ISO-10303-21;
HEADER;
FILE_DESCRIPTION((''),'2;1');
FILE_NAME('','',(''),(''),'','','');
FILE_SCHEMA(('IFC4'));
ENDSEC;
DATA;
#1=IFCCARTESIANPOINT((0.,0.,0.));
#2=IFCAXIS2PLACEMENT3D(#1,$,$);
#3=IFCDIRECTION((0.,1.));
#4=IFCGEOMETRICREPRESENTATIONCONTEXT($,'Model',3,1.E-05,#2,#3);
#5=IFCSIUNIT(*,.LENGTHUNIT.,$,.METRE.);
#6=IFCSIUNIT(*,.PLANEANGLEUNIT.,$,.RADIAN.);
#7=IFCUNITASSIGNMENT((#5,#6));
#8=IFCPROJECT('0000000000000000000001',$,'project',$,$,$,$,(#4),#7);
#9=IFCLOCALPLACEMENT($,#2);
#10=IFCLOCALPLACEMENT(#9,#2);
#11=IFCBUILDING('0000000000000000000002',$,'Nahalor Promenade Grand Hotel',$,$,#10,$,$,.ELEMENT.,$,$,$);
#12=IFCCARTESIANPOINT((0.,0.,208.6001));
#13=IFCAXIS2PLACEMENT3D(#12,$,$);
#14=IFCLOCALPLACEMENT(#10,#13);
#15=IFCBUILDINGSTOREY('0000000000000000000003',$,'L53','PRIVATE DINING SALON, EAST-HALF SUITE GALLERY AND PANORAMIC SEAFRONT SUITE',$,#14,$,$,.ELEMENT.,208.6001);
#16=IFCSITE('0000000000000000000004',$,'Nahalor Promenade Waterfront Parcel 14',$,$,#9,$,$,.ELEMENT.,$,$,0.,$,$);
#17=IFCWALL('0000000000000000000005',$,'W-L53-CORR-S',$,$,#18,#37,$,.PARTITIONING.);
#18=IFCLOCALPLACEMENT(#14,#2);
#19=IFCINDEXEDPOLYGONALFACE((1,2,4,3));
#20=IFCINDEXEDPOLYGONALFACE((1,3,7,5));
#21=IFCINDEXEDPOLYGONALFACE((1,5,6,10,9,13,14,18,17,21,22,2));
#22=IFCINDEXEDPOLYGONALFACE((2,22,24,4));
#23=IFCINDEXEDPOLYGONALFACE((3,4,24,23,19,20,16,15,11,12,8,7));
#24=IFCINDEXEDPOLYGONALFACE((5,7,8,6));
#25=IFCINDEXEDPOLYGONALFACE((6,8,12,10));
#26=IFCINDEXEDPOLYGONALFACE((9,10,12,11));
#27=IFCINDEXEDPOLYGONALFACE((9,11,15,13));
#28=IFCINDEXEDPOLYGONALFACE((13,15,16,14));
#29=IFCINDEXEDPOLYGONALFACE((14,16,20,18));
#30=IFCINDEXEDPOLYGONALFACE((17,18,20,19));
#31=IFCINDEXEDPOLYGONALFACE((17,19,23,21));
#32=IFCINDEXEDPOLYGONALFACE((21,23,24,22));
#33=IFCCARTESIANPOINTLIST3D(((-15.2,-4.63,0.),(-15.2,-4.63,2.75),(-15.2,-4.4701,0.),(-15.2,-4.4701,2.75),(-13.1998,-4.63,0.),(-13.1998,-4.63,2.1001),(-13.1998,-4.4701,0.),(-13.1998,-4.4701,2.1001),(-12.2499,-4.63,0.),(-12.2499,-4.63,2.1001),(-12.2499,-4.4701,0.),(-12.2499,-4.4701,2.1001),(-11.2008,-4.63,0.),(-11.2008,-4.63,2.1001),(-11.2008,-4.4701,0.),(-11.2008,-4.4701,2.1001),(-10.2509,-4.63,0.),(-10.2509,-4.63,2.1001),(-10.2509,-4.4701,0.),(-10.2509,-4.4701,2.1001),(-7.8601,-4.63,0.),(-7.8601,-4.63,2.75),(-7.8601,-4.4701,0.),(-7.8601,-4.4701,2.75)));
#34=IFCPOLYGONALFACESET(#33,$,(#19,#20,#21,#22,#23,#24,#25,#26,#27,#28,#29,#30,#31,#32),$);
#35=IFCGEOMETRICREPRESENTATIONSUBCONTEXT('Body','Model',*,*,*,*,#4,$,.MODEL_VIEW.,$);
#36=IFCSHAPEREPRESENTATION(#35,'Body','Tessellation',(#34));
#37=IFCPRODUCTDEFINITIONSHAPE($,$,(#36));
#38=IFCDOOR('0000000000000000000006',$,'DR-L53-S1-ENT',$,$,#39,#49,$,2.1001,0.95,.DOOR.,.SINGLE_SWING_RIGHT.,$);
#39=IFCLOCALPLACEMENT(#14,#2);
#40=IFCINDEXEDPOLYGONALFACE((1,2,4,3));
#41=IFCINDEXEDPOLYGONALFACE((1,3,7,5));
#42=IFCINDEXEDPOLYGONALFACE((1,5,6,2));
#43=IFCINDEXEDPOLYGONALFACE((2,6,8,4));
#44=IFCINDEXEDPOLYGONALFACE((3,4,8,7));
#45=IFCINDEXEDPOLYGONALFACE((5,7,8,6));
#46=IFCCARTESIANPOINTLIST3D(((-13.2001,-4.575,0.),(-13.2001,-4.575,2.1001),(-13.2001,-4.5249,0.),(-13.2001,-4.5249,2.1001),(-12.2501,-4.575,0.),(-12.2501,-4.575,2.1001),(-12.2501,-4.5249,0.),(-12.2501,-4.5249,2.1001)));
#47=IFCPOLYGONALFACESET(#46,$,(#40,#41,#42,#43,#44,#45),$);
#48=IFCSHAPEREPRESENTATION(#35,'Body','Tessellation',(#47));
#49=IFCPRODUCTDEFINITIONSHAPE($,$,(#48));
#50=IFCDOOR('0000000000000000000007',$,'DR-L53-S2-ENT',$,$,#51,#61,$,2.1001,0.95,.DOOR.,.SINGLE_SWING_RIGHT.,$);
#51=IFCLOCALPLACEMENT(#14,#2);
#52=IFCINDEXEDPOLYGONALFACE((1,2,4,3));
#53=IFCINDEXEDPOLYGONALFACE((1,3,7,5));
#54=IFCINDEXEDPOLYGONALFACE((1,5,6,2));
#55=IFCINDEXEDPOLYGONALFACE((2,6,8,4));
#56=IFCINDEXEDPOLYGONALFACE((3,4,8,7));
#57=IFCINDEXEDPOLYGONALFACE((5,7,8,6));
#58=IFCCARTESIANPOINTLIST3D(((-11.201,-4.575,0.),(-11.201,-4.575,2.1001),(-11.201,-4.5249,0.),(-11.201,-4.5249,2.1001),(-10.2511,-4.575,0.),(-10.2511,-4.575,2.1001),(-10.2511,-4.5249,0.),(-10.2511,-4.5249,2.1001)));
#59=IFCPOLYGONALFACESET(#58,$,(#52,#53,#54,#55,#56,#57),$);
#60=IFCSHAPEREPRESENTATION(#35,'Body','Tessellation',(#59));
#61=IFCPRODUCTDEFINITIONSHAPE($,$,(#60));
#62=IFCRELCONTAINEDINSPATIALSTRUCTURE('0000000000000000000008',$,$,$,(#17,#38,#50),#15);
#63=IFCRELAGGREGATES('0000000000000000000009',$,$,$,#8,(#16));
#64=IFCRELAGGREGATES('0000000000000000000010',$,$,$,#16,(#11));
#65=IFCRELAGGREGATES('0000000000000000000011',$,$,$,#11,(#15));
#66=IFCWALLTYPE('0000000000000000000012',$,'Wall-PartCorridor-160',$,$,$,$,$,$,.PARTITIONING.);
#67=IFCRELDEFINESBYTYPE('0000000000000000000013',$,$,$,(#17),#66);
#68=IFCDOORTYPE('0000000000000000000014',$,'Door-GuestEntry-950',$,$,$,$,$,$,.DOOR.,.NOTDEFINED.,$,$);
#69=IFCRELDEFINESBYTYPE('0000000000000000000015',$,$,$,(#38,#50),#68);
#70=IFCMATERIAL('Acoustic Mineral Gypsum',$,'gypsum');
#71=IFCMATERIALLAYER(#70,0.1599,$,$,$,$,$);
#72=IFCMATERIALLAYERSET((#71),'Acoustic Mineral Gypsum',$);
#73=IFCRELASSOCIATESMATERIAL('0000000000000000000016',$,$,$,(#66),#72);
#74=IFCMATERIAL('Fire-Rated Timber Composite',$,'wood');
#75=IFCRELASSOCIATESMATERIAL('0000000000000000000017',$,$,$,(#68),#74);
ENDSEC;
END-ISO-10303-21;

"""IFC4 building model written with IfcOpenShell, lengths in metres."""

from ifc_helpers import new_model, si_unit, direction, frame, frame_2d, origin, place, context, subcontext, project, spatial, rectangle, extrude, source, transform, mapped, material, layer, layer_set, type_object, element, fill, save


model = new_model("IFC4")

# Units and contexts
model_context = context("Model", 3, precision=1e-05, world=origin(), true_north=direction((0.0, 1.0)))
body_context = subcontext(model_context, "Body", "Model", "MODEL_VIEW")
ifc_project = project(units=[si_unit("LENGTHUNIT", "METRE"), si_unit("PLANEANGLEUNIT", "RADIAN")], contexts=[model_context])

# Site, building, storey
site_placement = place(None, origin())
site = spatial("IfcSite", under=ifc_project, at=site_placement, Name="Nahalor Promenade Waterfront Parcel 14", CompositionType="ELEMENT", RefElevation=0.0)
building_placement = place(site_placement, origin())
building = spatial("IfcBuilding", under=site, at=building_placement, Name="Nahalor Promenade Grand Hotel", CompositionType="ELEMENT")
storey_placement = place(building_placement, frame((0.0, 0.0, 208.6001)))
storey = spatial("IfcBuildingStorey", under=building, at=storey_placement, Name="L53", Description="PRIVATE DINING SALON, EAST-HALF SUITE GALLERY AND PANORAMIC SEAFRONT SUITE", CompositionType="ELEMENT", Elevation=208.6001)

# Shared definitions
ifc_material_1 = material(Name="Acoustic Mineral Gypsum", Category="gypsum")

# Wall, openings, doors
ifc_layer_1 = layer(ifc_material_1, 0.1599)
ifc_layer_set_1 = layer_set([ifc_layer_1], Name="Acoustic Mineral Gypsum")
wall_type_1 = type_object("IfcWallType", Name="Wall-PartCorridor-160", PredefinedType="PARTITIONING", material=ifc_layer_set_1)
shared_shape_1 = source(origin(), body_context, "Body", "SweptSolid", [
    extrude(rectangle(XDim=7.3398, YDim=0.1599, at=frame_2d((3.6699, 0.0))), origin(), (0.0, 0.0, 1.0), 2.75),
])
wall_1_placement = place(storey_placement, frame((-15.2, -4.55, 0.0), z_axis=(0.0, 0.0, 1.0), x_axis=(1.0, 0.0, 0.0)))
wall_1 = element("IfcWall", 1, at=wall_1_placement, inside=storey, type_object=wall_type_1, Name="W-L53-CORR-S", PredefinedType="PARTITIONING", context=body_context, shape_type="MappedRepresentation", body=[
    mapped(shared_shape_1, transform((0.0, 0.0, 0.0), scale=1.0)),
])
opening_1_placement = place(wall_1_placement, frame((2.0, 0.0, 0.0)))
opening_1 = element("IfcOpeningElement", 2, at=opening_1_placement, cuts=wall_1, PredefinedType="OPENING", context=body_context, shape_type="SweptSolid", body=[
    extrude(rectangle(XDim=0.95, YDim=2.1001, at=frame_2d((0.4751, 1.05))), frame((0.0, 0.0898, 0.0), z_axis=(0.0, -1.0, 0.0), x_axis=(1.0, 0.0, 0.0)), (0.0, 0.0, 1.0), 0.1799),
])
opening_2_placement = place(wall_1_placement, frame((3.999, 0.0, 0.0)))
opening_2 = element("IfcOpeningElement", 3, at=opening_2_placement, cuts=wall_1, PredefinedType="OPENING", context=body_context, shape_type="SweptSolid", body=[
    extrude(rectangle(XDim=0.95, YDim=2.1001, at=frame_2d((0.4751, 1.05))), frame((0.0, 0.0898, 0.0), z_axis=(0.0, -1.0, 0.0), x_axis=(1.0, 0.0, 0.0)), (0.0, 0.0, 1.0), 0.1799),
])
ifc_material_2 = material(Name="Fire-Rated Timber Composite", Category="wood")
door_type = type_object("IfcDoorType", Name="Door-GuestEntry-950", OperationType="NOTDEFINED", PredefinedType="DOOR", material=ifc_material_2)
shared_shape_2 = source(origin(), body_context, "Body", "SweptSolid", [
    extrude(rectangle(XDim=0.95, YDim=2.1001, at=frame_2d((0.4751, 1.05))), frame((0.0, 0.0249, 0.0), z_axis=(0.0, -1.0, 0.0), x_axis=(1.0, 0.0, 0.0)), (0.0, 0.0, 1.0), 0.05),
])
door_1_placement = place(opening_1_placement, frame((0.95, 0.0, 0.0), z_axis=(0.0, 0.0, 1.0), x_axis=(-1.0, 0.0, 0.0)))
door_1 = element("IfcDoor", 4, at=door_1_placement, inside=storey, type_object=door_type, Name="DR-L53-S1-ENT", OperationType="SINGLE_SWING_RIGHT", OverallHeight=2.1001, OverallWidth=0.95, PredefinedType="DOOR", context=body_context, shape_type="MappedRepresentation", body=[
    mapped(shared_shape_2, transform((0.0, 0.0, 0.0), scale=1.0)),
])
fill(opening_1, door_1)
door_2_placement = place(opening_2_placement, frame((0.95, 0.0, 0.0), z_axis=(0.0, 0.0, 1.0), x_axis=(-1.0, 0.0, 0.0)))
door_2 = element("IfcDoor", 5, at=door_2_placement, inside=storey, type_object=door_type, Name="DR-L53-S2-ENT", OperationType="SINGLE_SWING_RIGHT", OverallHeight=2.1001, OverallWidth=0.95, PredefinedType="DOOR", context=body_context, shape_type="MappedRepresentation", body=[
    mapped(shared_shape_2, transform((0.0, 0.0, 0.0), scale=1.0)),
])
fill(opening_2, door_2)

save(model, "model.ifc")
